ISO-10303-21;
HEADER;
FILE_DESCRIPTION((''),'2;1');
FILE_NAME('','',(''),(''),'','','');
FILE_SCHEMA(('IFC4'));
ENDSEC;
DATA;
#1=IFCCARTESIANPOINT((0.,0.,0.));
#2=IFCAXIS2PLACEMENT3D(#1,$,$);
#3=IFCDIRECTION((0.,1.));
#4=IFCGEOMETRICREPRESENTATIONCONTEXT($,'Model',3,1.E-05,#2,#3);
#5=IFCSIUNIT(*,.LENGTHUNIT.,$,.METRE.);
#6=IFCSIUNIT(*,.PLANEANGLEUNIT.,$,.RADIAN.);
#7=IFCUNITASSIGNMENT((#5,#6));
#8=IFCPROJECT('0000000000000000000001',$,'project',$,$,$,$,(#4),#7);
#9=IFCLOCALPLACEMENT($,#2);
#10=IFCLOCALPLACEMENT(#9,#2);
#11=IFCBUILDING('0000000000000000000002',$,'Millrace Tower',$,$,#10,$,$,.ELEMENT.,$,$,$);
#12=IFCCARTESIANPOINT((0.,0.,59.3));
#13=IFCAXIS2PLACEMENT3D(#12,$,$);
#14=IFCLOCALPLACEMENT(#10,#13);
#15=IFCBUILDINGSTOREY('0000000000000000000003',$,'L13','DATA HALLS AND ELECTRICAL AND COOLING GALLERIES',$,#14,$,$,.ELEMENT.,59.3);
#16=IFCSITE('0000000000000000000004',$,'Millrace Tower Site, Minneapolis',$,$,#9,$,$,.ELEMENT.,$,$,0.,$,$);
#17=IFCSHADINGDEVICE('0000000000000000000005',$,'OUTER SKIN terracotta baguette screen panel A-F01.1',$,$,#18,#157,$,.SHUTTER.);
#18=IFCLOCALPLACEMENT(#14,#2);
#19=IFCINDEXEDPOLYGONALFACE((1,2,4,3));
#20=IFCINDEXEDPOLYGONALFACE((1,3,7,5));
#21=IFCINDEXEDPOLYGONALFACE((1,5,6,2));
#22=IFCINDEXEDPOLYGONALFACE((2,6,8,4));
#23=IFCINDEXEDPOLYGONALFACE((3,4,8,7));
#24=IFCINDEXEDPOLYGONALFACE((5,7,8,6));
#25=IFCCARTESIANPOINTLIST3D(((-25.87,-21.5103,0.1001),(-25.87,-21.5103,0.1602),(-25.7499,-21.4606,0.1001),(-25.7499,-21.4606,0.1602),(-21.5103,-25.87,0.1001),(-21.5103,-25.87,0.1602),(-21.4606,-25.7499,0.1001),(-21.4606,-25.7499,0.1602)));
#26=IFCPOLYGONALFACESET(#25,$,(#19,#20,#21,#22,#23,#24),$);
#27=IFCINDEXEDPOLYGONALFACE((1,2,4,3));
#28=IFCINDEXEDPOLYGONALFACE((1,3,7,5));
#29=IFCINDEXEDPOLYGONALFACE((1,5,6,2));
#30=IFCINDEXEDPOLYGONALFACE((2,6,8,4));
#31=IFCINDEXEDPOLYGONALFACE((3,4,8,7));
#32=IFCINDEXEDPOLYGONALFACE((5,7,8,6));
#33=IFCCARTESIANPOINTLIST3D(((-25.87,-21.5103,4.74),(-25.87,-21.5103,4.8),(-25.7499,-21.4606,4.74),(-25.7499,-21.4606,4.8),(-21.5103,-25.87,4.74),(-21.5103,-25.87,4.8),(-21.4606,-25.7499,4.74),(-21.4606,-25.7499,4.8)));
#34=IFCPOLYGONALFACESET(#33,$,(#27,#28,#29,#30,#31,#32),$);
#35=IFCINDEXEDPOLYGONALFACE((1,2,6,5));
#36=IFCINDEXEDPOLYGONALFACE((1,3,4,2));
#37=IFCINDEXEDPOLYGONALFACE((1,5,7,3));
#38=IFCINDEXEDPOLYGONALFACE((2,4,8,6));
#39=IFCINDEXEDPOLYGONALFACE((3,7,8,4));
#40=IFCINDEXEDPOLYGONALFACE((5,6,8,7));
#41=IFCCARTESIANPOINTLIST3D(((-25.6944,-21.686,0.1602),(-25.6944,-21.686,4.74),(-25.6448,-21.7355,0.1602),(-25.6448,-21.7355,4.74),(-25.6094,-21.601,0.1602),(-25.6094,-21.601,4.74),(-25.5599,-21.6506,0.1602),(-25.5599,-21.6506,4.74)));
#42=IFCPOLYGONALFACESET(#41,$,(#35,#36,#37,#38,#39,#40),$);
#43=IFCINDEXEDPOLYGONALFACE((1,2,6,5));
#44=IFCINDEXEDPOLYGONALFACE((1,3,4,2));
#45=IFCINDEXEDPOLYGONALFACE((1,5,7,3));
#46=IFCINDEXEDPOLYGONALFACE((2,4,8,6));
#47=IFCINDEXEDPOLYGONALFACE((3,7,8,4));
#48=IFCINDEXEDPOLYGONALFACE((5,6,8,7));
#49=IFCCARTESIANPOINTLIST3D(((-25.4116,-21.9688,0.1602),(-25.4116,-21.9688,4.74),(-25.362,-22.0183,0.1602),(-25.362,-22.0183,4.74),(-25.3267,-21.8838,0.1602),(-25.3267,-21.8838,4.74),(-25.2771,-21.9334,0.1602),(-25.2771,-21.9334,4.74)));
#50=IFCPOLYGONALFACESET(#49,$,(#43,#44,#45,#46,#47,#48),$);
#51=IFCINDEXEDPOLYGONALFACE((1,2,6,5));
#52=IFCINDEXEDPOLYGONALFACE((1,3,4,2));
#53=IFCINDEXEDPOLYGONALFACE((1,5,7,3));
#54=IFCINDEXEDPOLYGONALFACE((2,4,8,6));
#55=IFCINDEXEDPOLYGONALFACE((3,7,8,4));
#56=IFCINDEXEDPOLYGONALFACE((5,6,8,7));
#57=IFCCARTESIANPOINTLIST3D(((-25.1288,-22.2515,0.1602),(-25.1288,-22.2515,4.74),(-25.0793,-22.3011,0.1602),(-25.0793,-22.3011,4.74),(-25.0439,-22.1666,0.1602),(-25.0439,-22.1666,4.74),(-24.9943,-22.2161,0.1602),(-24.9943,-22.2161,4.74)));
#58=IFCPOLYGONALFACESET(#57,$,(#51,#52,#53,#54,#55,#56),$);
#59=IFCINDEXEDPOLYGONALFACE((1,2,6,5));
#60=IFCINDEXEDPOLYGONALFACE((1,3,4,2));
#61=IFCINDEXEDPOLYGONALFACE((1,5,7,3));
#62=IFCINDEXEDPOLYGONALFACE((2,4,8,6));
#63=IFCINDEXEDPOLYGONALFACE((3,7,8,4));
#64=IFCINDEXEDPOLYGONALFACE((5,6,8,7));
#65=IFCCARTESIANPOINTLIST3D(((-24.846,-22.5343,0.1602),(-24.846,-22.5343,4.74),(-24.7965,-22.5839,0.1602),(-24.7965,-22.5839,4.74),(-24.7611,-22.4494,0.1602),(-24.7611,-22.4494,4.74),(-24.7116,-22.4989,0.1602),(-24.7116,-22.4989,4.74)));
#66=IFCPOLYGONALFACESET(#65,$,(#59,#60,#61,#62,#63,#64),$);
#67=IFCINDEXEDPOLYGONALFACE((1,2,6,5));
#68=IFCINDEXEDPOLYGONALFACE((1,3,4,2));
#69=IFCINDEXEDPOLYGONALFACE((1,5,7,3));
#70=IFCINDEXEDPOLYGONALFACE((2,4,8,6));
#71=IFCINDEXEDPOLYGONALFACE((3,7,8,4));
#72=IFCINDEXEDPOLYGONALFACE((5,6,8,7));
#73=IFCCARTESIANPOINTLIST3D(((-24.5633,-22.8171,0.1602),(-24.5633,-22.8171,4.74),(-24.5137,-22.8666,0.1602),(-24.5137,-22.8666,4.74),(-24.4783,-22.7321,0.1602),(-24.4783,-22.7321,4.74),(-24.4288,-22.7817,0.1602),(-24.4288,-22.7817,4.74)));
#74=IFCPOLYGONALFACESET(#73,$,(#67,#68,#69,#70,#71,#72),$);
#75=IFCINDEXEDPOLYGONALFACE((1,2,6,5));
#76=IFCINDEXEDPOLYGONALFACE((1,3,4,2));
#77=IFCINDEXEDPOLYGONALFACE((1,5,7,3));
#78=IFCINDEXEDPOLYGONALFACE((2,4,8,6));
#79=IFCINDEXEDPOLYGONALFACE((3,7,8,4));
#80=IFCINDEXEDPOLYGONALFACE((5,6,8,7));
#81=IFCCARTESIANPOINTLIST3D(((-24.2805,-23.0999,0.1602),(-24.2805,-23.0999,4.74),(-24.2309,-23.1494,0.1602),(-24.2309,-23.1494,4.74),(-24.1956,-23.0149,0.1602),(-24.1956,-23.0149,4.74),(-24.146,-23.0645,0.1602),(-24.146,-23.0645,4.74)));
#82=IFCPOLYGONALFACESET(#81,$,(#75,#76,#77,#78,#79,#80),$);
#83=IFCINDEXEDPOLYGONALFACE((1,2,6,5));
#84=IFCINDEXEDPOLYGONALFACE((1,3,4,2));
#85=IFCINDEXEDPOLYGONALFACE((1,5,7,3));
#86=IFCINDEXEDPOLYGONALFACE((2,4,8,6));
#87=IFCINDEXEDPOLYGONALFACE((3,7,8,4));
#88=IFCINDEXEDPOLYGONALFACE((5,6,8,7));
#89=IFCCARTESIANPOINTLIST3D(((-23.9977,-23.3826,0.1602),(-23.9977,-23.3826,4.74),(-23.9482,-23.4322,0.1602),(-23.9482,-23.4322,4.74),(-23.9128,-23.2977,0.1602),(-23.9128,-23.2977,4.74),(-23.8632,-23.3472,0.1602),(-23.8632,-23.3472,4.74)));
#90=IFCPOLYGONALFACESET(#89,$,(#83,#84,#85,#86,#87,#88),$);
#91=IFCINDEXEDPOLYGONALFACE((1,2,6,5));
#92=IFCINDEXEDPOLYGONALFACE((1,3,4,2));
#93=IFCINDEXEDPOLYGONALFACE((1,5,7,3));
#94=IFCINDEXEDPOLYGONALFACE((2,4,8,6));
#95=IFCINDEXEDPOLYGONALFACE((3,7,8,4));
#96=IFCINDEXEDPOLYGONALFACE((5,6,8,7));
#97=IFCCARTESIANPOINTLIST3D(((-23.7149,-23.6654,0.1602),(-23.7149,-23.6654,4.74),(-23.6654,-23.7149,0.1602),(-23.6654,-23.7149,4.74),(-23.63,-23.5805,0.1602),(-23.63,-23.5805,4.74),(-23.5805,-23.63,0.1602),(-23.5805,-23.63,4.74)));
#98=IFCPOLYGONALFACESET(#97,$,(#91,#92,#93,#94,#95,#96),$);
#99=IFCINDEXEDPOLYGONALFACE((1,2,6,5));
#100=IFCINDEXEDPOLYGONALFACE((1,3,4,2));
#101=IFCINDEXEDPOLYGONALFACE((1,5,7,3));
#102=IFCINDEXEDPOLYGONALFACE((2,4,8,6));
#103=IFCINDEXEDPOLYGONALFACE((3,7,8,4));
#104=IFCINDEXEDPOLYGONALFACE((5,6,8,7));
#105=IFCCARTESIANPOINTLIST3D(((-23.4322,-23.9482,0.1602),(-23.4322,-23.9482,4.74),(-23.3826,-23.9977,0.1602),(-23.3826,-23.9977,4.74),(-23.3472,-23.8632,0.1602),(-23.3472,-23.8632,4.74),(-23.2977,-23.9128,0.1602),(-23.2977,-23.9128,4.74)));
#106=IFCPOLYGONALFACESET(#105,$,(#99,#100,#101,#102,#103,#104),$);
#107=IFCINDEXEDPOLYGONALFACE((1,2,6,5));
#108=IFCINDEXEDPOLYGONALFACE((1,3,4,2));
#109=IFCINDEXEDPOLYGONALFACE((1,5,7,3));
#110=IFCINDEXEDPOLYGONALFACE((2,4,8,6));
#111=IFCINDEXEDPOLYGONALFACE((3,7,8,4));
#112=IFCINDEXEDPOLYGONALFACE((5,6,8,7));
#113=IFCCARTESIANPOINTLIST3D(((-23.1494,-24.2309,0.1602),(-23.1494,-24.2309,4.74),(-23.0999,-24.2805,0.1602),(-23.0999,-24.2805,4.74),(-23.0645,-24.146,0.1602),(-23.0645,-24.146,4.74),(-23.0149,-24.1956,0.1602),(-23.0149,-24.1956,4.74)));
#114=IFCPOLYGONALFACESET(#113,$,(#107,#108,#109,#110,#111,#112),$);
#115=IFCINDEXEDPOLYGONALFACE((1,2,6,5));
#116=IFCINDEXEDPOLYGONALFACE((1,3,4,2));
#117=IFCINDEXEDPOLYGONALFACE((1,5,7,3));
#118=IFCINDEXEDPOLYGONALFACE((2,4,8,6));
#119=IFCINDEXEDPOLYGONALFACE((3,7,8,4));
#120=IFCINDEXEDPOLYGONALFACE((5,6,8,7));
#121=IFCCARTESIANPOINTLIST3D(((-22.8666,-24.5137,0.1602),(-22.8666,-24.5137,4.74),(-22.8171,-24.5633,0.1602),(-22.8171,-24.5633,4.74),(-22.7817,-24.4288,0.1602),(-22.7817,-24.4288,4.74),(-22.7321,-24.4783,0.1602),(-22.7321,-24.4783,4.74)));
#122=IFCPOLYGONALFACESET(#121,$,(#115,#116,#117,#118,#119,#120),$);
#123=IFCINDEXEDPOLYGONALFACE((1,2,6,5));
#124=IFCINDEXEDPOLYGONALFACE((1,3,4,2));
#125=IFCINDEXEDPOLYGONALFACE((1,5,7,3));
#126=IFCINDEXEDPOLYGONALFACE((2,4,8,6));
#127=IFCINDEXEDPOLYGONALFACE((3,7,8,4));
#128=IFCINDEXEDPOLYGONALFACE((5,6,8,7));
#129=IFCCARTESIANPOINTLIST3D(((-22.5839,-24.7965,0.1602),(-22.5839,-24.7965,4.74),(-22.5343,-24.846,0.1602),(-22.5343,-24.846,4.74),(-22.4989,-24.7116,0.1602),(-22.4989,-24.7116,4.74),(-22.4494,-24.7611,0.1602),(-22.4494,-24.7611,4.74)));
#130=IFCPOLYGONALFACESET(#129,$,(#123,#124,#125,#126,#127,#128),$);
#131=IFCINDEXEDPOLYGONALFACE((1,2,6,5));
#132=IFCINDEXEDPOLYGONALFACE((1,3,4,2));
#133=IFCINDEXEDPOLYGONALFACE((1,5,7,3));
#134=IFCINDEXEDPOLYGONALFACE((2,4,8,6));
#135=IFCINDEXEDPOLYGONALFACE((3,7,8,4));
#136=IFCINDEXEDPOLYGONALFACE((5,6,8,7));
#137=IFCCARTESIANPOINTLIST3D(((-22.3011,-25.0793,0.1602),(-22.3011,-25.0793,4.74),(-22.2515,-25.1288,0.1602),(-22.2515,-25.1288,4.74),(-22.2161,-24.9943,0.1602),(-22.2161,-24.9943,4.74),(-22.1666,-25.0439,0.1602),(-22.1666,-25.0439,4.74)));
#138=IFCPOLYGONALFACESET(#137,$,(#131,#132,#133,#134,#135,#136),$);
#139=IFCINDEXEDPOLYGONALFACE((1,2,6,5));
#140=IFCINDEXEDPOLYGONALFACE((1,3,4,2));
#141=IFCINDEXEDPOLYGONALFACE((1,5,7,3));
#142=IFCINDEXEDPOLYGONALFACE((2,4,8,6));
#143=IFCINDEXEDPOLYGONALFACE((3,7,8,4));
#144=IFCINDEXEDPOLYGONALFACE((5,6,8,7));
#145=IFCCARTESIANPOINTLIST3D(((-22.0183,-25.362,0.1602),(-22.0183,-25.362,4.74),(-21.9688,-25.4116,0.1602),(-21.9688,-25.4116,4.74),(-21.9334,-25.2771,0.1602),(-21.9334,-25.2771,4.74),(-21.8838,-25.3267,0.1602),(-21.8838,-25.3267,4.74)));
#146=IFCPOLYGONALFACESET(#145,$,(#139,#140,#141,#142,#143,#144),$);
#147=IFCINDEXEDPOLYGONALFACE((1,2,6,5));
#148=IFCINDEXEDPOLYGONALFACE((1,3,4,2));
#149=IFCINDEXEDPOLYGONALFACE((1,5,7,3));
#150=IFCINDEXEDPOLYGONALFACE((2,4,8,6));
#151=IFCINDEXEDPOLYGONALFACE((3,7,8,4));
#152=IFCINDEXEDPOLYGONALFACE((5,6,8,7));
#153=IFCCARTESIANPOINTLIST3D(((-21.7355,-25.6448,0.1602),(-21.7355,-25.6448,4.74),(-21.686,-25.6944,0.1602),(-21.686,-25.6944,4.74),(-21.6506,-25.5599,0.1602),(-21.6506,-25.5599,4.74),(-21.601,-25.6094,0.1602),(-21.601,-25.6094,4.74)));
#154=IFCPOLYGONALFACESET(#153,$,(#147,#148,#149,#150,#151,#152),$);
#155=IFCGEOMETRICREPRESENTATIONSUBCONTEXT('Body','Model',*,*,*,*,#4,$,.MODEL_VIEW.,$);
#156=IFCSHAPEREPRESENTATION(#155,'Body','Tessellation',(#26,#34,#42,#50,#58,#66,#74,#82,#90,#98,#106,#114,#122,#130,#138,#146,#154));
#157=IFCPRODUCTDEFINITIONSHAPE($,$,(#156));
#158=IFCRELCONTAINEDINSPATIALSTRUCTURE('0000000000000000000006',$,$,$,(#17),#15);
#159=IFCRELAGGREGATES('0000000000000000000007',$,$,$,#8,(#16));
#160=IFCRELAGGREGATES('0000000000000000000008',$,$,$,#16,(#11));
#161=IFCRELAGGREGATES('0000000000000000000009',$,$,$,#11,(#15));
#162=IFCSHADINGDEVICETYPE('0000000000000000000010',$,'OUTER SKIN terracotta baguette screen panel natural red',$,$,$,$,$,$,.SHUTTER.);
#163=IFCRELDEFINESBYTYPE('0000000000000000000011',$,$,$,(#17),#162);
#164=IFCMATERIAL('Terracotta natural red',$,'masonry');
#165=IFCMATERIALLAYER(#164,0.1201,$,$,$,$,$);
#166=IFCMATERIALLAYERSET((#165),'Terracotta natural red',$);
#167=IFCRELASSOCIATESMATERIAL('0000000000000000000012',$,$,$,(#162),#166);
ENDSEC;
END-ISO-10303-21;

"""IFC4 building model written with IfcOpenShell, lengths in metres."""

from ifc_helpers import new_model, entity, si_unit, direction, frame, frame_2d, origin, origin_2d, place, context, subcontext, project, spatial, rectangle, extrude, source, transform, mapped, material, layer, layer_set, type_object, element, save


model = new_model("IFC4")

# Units and contexts
model_context = context("Model", 3, precision=1e-05, world=origin(), true_north=direction((0.0, 1.0)))
body_context = subcontext(model_context, "Body", "Model", "MODEL_VIEW")
ifc_project = project(units=[si_unit("LENGTHUNIT", "METRE"), si_unit("PLANEANGLEUNIT", "RADIAN")], contexts=[model_context])

# Site, building, storey
site_placement = place(None, origin())
site = spatial("IfcSite", under=ifc_project, at=site_placement, Name="Millrace Tower Site, Minneapolis", CompositionType="ELEMENT", RefElevation=0.0)
building_placement = place(site_placement, origin())
building = spatial("IfcBuilding", under=site, at=building_placement, Name="Millrace Tower", CompositionType="ELEMENT")
storey_placement = place(building_placement, frame((0.0, 0.0, 59.3)))
storey = spatial("IfcBuildingStorey", under=building, at=storey_placement, Name="L13", Description="DATA HALLS AND ELECTRICAL AND COOLING GALLERIES", CompositionType="ELEMENT", Elevation=59.3)

# Shading device
ifc_material_1 = material(Name="Terracotta natural red", Category="masonry")
ifc_layer_1 = layer(ifc_material_1, 0.1201)
ifc_layer_set_1 = layer_set([ifc_layer_1], Name="Terracotta natural red")
shading_device_type_1 = type_object("IfcShadingDeviceType", Name="OUTER SKIN terracotta baguette screen panel natural red", PredefinedType="SHUTTER", material=ifc_layer_set_1)
cartesian_point_1 = entity("IfcCartesianPoint", [-3.033, 0.0601])
shared_polyline_1 = entity("IfcPolyline", [cartesian_point_1, entity("IfcCartesianPoint", [3.033, 0.0601]), entity("IfcCartesianPoint", [3.0828, -0.0601]), entity("IfcCartesianPoint", [-3.0828, -0.0601]), cartesian_point_1])
shared_shape_1 = source(origin(), body_context, "Body", "SweptSolid", [
    entity("IfcExtrudedAreaSolid", entity("IfcArbitraryClosedProfileDef", "AREA", None, shared_polyline_1), entity("IfcAxis2Placement3D", entity("IfcCartesianPoint", [0.0, 0.0, 0.0])), entity("IfcDirection", [0.0, 0.0, 1.0]), 0.0601),
    entity("IfcExtrudedAreaSolid", entity("IfcArbitraryClosedProfileDef", "AREA", None, shared_polyline_1), entity("IfcAxis2Placement3D", entity("IfcCartesianPoint", [0.0, 0.0, 4.6399])), entity("IfcDirection", [0.0, 0.0, 1.0]), 0.0601),
    extrude(rectangle(XDim=0.0701, YDim=0.1201, at=frame_2d((-2.7993, 0.0))), frame((0.0, 0.0, 0.0601)), (0.0, 0.0, 1.0), 4.5798),
    extrude(rectangle(XDim=0.0701, YDim=0.1201, at=frame_2d((-2.3994, 0.0))), frame((0.0, 0.0, 0.0601)), (0.0, 0.0, 1.0), 4.5798),
    extrude(rectangle(XDim=0.0701, YDim=0.1201, at=frame_2d((-1.9995, 0.0))), frame((0.0, 0.0, 0.0601)), (0.0, 0.0, 1.0), 4.5798),
    extrude(rectangle(XDim=0.0701, YDim=0.1201, at=frame_2d((-1.5996, 0.0))), frame((0.0, 0.0, 0.0601)), (0.0, 0.0, 1.0), 4.5798),
    extrude(rectangle(XDim=0.0701, YDim=0.1201, at=frame_2d((-1.1997, 0.0))), frame((0.0, 0.0, 0.0601)), (0.0, 0.0, 1.0), 4.5798),
    extrude(rectangle(XDim=0.0701, YDim=0.1201, at=frame_2d((-0.7998, 0.0))), frame((0.0, 0.0, 0.0601)), (0.0, 0.0, 1.0), 4.5798),
    extrude(rectangle(XDim=0.0701, YDim=0.1201, at=frame_2d((-0.3999, 0.0))), frame((0.0, 0.0, 0.0601)), (0.0, 0.0, 1.0), 4.5798),
    extrude(rectangle(XDim=0.0701, YDim=0.1201, at=origin_2d()), frame((0.0, 0.0, 0.0601)), (0.0, 0.0, 1.0), 4.5798),
    extrude(rectangle(XDim=0.0701, YDim=0.1201, at=frame_2d((0.3999, 0.0))), frame((0.0, 0.0, 0.0601)), (0.0, 0.0, 1.0), 4.5798),
    extrude(rectangle(XDim=0.0701, YDim=0.1201, at=frame_2d((0.7998, 0.0))), frame((0.0, 0.0, 0.0601)), (0.0, 0.0, 1.0), 4.5798),
    extrude(rectangle(XDim=0.0701, YDim=0.1201, at=frame_2d((1.1997, 0.0))), frame((0.0, 0.0, 0.0601)), (0.0, 0.0, 1.0), 4.5798),
    extrude(rectangle(XDim=0.0701, YDim=0.1201, at=frame_2d((1.5996, 0.0))), frame((0.0, 0.0, 0.0601)), (0.0, 0.0, 1.0), 4.5798),
    extrude(rectangle(XDim=0.0701, YDim=0.1201, at=frame_2d((1.9995, 0.0))), frame((0.0, 0.0, 0.0601)), (0.0, 0.0, 1.0), 4.5798),
    extrude(rectangle(XDim=0.0701, YDim=0.1201, at=frame_2d((2.3994, 0.0))), frame((0.0, 0.0, 0.0601)), (0.0, 0.0, 1.0), 4.5798),
    extrude(rectangle(XDim=0.0701, YDim=0.1201, at=frame_2d((2.7993, 0.0))), frame((0.0, 0.0, 0.0601)), (0.0, 0.0, 1.0), 4.5798),
])
shading_device_1_placement = place(storey_placement, frame((-23.6477, -23.6477, 0.1001), z_axis=(0.0, 0.0, 1.0), x_axis=(0.707107, -0.707107, 0.0)))
element("IfcShadingDevice", 1, at=shading_device_1_placement, inside=storey, type_object=shading_device_type_1, Name="OUTER SKIN terracotta baguette screen panel A-F01.1", PredefinedType="SHUTTER", context=body_context, shape_type="MappedRepresentation", body=[
    mapped(shared_shape_1, transform((0.0, 0.0, 0.0), scale=1.0)),
])

save(model, "model.ifc")
